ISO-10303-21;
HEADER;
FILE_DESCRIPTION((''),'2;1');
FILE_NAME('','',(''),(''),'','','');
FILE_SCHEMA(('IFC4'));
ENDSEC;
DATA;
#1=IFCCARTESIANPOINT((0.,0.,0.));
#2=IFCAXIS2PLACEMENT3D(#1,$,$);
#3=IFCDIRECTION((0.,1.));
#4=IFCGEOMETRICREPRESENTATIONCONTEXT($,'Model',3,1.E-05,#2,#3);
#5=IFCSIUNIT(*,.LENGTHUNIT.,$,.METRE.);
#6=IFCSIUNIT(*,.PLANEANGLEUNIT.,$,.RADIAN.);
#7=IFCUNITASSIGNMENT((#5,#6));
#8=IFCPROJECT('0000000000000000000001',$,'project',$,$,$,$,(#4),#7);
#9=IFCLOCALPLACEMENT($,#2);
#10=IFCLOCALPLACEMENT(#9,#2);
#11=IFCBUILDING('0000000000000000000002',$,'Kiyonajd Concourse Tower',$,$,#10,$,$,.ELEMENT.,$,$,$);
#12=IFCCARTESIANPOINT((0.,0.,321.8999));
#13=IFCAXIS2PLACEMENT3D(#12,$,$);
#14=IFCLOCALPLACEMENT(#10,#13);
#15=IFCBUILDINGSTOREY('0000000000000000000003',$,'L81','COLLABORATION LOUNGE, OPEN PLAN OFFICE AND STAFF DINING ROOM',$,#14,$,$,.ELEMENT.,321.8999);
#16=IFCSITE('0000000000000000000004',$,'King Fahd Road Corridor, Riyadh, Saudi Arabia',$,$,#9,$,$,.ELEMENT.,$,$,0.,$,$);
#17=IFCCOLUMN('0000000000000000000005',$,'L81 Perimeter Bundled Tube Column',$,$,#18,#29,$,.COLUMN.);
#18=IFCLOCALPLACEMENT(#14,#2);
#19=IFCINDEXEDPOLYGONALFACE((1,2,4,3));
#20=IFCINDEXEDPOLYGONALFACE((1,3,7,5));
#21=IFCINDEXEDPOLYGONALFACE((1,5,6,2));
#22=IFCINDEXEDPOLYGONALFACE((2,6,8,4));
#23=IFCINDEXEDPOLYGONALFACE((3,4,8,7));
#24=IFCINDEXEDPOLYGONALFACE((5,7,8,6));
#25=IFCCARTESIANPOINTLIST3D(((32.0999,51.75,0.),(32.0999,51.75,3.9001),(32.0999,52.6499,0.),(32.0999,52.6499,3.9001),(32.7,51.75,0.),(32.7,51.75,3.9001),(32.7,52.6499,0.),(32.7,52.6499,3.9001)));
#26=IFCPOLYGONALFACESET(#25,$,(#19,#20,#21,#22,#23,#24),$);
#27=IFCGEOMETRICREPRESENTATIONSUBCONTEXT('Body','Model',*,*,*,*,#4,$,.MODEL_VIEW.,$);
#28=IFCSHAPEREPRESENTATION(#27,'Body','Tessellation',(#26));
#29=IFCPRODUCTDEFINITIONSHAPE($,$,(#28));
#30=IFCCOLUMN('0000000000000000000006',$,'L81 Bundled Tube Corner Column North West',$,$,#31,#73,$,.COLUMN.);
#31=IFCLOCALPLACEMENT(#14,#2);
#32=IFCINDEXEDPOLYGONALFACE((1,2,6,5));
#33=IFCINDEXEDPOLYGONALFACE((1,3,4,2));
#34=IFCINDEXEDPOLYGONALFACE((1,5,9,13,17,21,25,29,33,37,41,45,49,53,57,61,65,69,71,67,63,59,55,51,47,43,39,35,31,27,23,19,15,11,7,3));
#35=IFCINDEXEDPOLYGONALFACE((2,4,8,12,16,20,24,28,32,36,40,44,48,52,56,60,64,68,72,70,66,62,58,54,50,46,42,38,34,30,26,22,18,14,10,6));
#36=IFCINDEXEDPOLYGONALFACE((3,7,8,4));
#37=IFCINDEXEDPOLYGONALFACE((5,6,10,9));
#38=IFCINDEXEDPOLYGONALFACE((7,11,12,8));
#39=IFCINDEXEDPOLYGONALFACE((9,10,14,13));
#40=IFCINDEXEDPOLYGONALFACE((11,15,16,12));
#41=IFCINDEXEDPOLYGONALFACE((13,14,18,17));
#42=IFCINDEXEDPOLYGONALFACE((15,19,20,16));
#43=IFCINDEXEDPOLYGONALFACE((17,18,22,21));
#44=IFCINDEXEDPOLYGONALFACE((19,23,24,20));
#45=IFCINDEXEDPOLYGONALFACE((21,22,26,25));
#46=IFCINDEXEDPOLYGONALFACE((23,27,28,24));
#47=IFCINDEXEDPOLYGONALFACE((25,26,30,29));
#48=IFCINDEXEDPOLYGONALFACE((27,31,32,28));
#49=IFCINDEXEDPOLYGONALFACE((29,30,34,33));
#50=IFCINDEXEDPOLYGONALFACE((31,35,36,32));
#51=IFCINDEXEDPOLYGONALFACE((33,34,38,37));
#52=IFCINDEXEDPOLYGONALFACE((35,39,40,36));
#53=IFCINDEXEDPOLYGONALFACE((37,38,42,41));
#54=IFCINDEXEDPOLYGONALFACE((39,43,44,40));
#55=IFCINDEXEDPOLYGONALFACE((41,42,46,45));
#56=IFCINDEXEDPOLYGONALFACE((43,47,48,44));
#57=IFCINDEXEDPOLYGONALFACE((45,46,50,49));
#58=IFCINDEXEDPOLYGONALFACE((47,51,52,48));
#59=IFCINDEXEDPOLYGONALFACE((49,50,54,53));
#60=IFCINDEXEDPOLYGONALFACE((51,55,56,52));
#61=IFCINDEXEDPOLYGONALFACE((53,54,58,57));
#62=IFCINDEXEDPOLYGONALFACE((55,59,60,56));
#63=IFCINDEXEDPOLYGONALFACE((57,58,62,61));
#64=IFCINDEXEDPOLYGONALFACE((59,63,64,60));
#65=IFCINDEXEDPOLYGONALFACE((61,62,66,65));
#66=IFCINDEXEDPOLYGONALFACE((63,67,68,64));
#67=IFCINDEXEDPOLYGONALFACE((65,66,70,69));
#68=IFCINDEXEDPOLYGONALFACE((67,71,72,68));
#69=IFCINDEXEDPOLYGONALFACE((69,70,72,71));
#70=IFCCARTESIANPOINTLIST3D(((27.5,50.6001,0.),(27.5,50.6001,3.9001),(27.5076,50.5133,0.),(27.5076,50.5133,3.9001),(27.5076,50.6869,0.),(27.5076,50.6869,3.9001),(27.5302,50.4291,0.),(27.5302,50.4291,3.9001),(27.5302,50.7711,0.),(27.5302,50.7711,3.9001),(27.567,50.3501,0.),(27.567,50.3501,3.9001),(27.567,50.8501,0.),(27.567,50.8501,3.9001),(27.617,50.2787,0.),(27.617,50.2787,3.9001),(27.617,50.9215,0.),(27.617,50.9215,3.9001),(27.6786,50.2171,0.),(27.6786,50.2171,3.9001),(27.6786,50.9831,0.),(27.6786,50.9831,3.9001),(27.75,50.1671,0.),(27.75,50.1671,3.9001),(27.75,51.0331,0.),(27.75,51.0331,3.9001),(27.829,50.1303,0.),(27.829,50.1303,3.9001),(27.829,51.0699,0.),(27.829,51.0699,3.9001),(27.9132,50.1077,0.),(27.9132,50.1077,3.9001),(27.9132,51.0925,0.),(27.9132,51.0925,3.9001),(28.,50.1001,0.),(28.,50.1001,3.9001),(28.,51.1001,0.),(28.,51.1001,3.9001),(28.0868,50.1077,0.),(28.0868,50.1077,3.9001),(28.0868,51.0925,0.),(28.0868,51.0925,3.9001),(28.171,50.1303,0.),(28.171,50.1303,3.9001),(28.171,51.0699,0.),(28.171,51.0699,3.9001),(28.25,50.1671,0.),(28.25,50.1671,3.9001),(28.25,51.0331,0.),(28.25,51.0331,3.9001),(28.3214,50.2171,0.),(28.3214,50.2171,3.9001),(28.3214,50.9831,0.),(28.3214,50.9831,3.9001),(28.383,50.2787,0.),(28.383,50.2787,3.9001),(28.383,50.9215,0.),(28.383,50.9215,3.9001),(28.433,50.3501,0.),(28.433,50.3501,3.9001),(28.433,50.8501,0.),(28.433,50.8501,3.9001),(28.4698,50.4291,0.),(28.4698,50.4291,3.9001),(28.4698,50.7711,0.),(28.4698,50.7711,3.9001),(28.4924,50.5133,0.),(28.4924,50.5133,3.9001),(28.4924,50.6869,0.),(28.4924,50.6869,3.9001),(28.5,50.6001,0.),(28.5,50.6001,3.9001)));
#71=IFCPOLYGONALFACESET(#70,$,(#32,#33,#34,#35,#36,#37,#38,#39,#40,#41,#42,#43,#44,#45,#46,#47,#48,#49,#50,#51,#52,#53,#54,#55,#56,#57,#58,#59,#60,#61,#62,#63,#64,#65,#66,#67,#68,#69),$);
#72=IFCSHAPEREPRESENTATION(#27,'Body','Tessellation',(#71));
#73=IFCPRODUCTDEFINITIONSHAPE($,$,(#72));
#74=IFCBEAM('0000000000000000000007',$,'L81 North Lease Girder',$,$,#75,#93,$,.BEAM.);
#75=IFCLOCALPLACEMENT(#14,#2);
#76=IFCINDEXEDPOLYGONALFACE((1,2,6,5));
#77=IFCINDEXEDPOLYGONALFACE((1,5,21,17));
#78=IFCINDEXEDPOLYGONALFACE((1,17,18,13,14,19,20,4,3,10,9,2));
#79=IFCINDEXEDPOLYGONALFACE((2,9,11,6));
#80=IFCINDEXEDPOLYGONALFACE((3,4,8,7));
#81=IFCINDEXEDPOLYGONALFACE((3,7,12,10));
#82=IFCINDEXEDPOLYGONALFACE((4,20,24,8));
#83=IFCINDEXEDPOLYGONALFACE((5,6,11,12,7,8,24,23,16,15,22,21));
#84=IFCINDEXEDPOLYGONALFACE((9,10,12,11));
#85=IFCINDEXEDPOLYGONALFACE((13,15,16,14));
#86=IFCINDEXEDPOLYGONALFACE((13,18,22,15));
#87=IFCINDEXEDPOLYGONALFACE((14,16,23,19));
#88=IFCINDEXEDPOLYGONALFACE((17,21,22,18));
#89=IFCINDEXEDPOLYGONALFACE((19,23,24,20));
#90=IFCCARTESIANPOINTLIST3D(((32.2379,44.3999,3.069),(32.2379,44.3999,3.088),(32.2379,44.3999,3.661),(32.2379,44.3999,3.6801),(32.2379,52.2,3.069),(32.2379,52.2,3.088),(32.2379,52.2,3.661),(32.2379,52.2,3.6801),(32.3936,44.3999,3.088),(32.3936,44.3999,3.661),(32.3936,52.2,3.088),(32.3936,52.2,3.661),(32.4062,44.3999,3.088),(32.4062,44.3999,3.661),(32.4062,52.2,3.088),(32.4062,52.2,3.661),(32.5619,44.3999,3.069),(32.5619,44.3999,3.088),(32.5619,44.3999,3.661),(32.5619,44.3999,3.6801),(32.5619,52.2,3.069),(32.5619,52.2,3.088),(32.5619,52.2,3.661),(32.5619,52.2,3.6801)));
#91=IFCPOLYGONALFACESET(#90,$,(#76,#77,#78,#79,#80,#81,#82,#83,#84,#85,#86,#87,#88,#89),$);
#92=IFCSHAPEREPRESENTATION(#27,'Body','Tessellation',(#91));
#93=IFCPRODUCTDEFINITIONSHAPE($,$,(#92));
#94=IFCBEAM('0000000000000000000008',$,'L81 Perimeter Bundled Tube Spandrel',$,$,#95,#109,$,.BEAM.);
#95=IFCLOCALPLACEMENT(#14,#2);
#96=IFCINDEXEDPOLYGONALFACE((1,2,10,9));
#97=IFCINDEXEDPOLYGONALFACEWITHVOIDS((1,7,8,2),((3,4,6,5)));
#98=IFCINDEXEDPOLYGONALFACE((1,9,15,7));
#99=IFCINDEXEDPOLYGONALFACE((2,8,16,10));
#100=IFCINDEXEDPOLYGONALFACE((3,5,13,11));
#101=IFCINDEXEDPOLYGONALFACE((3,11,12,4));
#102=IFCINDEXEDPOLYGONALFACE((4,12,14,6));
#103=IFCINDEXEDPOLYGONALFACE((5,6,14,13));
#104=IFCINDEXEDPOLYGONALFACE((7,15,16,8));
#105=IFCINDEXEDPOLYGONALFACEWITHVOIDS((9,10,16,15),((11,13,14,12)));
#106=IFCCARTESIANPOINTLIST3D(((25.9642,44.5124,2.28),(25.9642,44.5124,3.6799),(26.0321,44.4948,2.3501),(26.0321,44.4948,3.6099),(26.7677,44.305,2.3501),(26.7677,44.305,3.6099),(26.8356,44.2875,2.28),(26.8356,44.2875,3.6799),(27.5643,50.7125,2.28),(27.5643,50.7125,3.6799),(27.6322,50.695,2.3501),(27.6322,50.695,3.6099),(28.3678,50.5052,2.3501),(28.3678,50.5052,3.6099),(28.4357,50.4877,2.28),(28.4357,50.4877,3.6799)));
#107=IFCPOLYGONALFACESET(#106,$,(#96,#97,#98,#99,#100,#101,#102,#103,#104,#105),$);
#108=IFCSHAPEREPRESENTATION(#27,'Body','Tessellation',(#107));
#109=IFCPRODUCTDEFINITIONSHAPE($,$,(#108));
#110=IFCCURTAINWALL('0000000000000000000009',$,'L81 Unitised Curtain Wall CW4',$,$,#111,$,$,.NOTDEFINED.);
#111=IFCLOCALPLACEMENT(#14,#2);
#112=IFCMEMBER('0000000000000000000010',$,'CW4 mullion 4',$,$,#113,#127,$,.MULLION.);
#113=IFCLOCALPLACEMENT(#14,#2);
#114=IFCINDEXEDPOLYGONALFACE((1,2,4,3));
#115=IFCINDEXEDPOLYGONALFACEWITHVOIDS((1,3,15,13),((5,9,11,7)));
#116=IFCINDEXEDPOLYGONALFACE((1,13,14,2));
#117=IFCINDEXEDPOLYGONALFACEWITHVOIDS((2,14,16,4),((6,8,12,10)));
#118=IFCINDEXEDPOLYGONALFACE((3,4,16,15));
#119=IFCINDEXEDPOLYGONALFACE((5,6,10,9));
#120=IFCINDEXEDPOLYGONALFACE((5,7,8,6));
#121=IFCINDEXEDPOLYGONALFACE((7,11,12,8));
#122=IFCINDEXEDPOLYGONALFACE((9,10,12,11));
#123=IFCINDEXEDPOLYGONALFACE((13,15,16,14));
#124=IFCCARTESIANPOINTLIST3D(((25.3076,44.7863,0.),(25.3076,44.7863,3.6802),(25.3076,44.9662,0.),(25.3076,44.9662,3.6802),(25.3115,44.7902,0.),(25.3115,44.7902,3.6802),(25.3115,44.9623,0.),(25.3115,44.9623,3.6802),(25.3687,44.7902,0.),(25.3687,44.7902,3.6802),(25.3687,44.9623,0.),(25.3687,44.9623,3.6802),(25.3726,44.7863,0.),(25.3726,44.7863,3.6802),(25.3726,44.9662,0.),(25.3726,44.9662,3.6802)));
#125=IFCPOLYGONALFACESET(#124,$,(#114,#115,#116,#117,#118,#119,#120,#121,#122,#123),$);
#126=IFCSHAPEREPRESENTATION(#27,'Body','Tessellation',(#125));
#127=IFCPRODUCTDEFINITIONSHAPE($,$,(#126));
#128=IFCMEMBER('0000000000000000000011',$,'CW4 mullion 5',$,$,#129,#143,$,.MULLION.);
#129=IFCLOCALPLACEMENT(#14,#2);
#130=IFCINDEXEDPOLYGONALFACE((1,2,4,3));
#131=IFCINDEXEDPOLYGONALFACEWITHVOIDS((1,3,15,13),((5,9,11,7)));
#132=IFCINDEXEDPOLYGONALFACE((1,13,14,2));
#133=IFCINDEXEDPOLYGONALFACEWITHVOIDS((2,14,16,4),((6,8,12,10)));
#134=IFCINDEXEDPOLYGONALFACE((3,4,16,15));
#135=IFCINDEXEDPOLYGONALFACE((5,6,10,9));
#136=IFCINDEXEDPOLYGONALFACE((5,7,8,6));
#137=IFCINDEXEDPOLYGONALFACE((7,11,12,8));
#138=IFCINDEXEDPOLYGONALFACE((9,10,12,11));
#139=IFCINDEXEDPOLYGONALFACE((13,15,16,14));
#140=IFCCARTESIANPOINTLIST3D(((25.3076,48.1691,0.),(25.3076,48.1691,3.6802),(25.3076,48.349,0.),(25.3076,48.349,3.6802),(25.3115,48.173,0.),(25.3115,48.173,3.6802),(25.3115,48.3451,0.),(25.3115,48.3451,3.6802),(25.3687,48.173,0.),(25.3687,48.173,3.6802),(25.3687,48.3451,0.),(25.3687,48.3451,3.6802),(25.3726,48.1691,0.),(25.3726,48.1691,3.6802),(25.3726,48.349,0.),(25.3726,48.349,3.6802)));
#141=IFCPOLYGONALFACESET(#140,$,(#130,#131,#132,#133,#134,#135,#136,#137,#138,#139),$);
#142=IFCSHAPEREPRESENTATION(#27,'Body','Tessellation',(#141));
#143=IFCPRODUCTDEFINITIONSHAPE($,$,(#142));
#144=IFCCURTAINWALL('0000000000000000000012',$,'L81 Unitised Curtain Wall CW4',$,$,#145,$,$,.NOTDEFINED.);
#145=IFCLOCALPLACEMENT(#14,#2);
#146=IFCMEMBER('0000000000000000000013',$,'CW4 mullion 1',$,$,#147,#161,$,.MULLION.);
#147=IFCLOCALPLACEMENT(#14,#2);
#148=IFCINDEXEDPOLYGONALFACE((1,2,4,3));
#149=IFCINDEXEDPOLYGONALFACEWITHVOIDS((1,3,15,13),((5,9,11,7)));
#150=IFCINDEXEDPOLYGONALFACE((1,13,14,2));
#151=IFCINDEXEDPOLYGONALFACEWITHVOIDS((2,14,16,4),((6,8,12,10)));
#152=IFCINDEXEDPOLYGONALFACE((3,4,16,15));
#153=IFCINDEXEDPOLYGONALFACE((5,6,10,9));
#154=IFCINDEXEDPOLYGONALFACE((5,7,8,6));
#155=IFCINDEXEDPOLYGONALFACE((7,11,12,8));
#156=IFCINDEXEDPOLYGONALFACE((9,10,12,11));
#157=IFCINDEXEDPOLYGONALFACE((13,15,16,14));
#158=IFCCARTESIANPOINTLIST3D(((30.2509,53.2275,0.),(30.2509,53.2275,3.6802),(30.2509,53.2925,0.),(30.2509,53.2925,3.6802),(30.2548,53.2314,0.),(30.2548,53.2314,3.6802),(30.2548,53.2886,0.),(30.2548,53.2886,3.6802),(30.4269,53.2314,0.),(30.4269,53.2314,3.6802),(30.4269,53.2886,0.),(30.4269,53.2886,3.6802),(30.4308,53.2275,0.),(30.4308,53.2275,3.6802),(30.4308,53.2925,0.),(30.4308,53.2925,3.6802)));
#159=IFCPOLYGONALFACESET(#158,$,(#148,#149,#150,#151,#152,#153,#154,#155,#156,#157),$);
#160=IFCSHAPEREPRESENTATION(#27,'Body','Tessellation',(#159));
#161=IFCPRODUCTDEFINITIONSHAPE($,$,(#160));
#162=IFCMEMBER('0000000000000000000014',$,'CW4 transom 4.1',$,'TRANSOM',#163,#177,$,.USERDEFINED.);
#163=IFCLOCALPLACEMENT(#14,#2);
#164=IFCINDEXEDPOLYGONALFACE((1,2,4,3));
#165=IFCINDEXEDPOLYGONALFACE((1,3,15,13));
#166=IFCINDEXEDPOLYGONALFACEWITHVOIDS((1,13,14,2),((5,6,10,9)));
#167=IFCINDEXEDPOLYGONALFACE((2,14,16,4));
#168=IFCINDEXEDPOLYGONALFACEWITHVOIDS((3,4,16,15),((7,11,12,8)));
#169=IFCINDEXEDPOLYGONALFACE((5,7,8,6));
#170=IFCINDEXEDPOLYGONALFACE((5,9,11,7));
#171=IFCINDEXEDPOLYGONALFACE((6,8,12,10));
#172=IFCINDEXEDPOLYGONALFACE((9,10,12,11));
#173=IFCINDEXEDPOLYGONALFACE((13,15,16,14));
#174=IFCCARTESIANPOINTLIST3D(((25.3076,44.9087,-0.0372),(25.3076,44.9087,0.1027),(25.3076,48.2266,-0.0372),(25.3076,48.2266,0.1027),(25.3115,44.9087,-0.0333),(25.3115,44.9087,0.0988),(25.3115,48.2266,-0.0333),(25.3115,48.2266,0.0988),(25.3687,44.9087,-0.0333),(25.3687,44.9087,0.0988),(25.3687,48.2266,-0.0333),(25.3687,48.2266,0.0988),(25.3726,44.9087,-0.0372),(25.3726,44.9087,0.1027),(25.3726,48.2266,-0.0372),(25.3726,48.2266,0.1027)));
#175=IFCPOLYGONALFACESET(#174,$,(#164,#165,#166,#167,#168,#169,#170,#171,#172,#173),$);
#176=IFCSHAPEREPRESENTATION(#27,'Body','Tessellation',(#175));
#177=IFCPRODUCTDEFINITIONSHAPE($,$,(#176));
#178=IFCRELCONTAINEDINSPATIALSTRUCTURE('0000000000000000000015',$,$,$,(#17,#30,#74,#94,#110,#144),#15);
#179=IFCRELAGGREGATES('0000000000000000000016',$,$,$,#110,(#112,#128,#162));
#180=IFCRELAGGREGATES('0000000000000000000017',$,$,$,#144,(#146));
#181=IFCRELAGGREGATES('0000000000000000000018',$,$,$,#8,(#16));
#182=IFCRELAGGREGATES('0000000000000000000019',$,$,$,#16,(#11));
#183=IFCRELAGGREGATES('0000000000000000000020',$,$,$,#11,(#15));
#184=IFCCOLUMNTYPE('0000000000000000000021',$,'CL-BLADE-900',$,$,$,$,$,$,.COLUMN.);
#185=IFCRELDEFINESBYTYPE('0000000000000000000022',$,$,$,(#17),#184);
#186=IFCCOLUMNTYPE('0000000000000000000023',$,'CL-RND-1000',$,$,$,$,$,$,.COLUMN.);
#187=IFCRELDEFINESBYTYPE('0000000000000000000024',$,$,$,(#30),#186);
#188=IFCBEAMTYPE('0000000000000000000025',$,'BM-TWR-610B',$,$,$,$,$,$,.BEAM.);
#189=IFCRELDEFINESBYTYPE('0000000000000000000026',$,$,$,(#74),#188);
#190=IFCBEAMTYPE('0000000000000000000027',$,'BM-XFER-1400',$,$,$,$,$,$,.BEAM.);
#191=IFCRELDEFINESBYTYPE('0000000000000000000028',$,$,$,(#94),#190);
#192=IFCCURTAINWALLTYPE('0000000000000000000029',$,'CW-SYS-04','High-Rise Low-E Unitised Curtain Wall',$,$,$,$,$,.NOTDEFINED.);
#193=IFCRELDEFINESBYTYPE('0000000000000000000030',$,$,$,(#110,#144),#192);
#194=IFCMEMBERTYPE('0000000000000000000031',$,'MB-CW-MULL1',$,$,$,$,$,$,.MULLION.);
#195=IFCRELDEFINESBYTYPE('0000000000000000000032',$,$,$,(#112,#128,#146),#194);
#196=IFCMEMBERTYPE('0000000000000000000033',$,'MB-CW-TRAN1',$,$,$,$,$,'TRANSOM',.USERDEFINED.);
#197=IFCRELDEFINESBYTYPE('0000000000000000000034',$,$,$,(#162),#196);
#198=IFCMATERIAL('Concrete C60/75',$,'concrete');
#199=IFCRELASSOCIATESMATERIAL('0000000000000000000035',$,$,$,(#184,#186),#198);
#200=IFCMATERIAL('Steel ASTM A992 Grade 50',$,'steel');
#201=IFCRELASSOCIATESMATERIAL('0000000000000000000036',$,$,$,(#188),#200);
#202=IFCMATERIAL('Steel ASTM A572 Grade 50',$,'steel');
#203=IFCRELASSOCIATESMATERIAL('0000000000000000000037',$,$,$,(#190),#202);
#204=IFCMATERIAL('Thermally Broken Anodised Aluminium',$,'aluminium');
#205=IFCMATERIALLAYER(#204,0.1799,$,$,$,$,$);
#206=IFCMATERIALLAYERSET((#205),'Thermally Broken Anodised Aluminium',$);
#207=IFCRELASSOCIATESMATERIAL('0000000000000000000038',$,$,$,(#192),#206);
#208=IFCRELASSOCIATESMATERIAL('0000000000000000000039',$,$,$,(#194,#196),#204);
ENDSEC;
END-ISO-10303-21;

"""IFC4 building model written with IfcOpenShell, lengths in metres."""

from ifc_helpers import new_model, si_unit, direction, frame, origin, origin_2d, place, context, subcontext, project, spatial, rectangle, hollow_rectangle, circle, i_section, extrude, material, layer, layer_set, material_profile, profile_set, type_object, element, aggregate, save


model = new_model("IFC4")

# Units and contexts
model_context = context("Model", 3, precision=1e-05, world=origin(), true_north=direction((0.0, 1.0)))
body_context = subcontext(model_context, "Body", "Model", "MODEL_VIEW")
ifc_project = project(units=[si_unit("LENGTHUNIT", "METRE"), si_unit("PLANEANGLEUNIT", "RADIAN")], contexts=[model_context])

# Site, building, storey
site_placement = place(None, origin())
site = spatial("IfcSite", under=ifc_project, at=site_placement, Name="King Fahd Road Corridor, Riyadh, Saudi Arabia", CompositionType="ELEMENT", RefElevation=0.0)
building_placement = place(site_placement, origin())
building = spatial("IfcBuilding", under=site, at=building_placement, Name="Kiyonajd Concourse Tower", CompositionType="ELEMENT")
storey_placement = place(building_placement, frame((0.0, 0.0, 321.8999)))
storey = spatial("IfcBuildingStorey", under=building, at=storey_placement, Name="L81", Description="COLLABORATION LOUNGE, OPEN PLAN OFFICE AND STAFF DINING ROOM", CompositionType="ELEMENT", Elevation=321.8999)

# Columns
ifc_material_1 = material(Name="Concrete C60/75", Category="concrete")
ifc_material_profile_1 = material_profile(ifc_material_1, rectangle(XDim=0.6001, YDim=0.8999, at=origin_2d()), Name="RC-900x600")
ifc_profile_set_1 = profile_set([ifc_material_profile_1], Name="Concrete C60/75")
column_type_1 = type_object("IfcColumnType", Name="CL-BLADE-900", PredefinedType="COLUMN", material=ifc_profile_set_1)
column_1_placement = place(storey_placement, frame((32.3999, 52.2, 0.0), z_axis=(0.0, 0.0, 1.0), x_axis=(1.0, 0.0, 0.0)))
element("IfcColumn", 1, at=column_1_placement, inside=storey, type_object=column_type_1, Name="L81 Perimeter Bundled Tube Column", PredefinedType="COLUMN", context=body_context, shape_type="SweptSolid", body=[
    extrude(rectangle(XDim=0.6001, YDim=0.8999, at=origin_2d()), origin(), (0.0, 0.0, 1.0), 3.9001),
])
ifc_material_profile_2 = material_profile(ifc_material_1, circle(Radius=0.5, at=origin_2d()), Name="RCC-D1000")
ifc_profile_set_2 = profile_set([ifc_material_profile_2], Name="Concrete C60/75")
column_type_2 = type_object("IfcColumnType", Name="CL-RND-1000", PredefinedType="COLUMN", material=ifc_profile_set_2)
column_2_placement = place(storey_placement, frame((28.0, 50.6001, 0.0), z_axis=(0.0, 0.0, 1.0), x_axis=(1.0, 0.0, 0.0)))
element("IfcColumn", 2, at=column_2_placement, inside=storey, type_object=column_type_2, Name="L81 Bundled Tube Corner Column North West", PredefinedType="COLUMN", context=body_context, shape_type="SweptSolid", body=[
    extrude(circle(Radius=0.5, at=origin_2d()), origin(), (0.0, 0.0, 1.0), 3.9001),
])

# Beams
ifc_material_2 = material(Name="Steel ASTM A992 Grade 50", Category="steel")
ifc_material_profile_3 = material_profile(ifc_material_2, i_section(OverallWidth=0.324, OverallDepth=0.6111, WebThickness=0.0127, FlangeThickness=0.019, at=origin_2d()), Name="W610X155")
ifc_profile_set_3 = profile_set([ifc_material_profile_3], Name="Steel ASTM A992 Grade 50")
beam_type_1 = type_object("IfcBeamType", Name="BM-TWR-610B", PredefinedType="BEAM", material=ifc_profile_set_3)
beam_1_placement = place(storey_placement, frame((32.3999, 44.3999, 3.3745), z_axis=(0.0, 1.0, 0.0), x_axis=(-1.0, 0.0, 0.0)))
element("IfcBeam", 3, at=beam_1_placement, inside=storey, type_object=beam_type_1, Name="L81 North Lease Girder", PredefinedType="BEAM", context=body_context, shape_type="SweptSolid", body=[
    extrude(i_section(OverallWidth=0.324, OverallDepth=0.6111, WebThickness=0.0127, FlangeThickness=0.019, at=origin_2d()), origin(), (0.0, 0.0, 1.0), 7.8),
])
ifc_material_3 = material(Name="Steel ASTM A572 Grade 50", Category="steel")
ifc_material_profile_4 = material_profile(ifc_material_3, hollow_rectangle(XDim=0.8999, YDim=1.3999, WallThickness=0.0701, at=origin_2d()), Name="BOX-1400x900x70")
ifc_profile_set_4 = profile_set([ifc_material_profile_4], Name="Steel ASTM A572 Grade 50")
beam_type_2 = type_object("IfcBeamType", Name="BM-XFER-1400", PredefinedType="BEAM", material=ifc_profile_set_4)
beam_2_placement = place(storey_placement, frame((28.0, 50.6001, 2.98), z_axis=(-0.249885, -0.968276, 0.0), x_axis=(0.968276, -0.249885, 0.0)))
element("IfcBeam", 4, at=beam_2_placement, inside=storey, type_object=beam_type_2, Name="L81 Perimeter Bundled Tube Spandrel", PredefinedType="BEAM", context=body_context, shape_type="SweptSolid", body=[
    extrude(hollow_rectangle(XDim=0.8999, YDim=1.3999, WallThickness=0.0701, at=origin_2d()), origin(), (0.0, 0.0, 1.0), 6.4033),
])

# Curtain wall, members
ifc_material_4 = material(Name="Thermally Broken Anodised Aluminium", Category="aluminium")
ifc_layer_1 = layer(ifc_material_4, 0.1799)
ifc_layer_set_1 = layer_set([ifc_layer_1], Name="Thermally Broken Anodised Aluminium")
curtain_wall_type = type_object("IfcCurtainWallType", Name="CW-SYS-04", Description="High-Rise Low-E Unitised Curtain Wall", PredefinedType="NOTDEFINED", material=ifc_layer_set_1)
curtain_wall_1_placement = place(storey_placement, origin())
curtain_wall_1 = element("IfcCurtainWall", 5, at=curtain_wall_1_placement, inside=storey, type_object=curtain_wall_type, Name="L81 Unitised Curtain Wall CW4", PredefinedType="NOTDEFINED")
ifc_material_profile_5 = material_profile(ifc_material_4, hollow_rectangle(XDim=0.0649, YDim=0.1799, WallThickness=0.0039, at=origin_2d()), Name="MULL-65x180")
ifc_profile_set_5 = profile_set([ifc_material_profile_5], Name="Thermally Broken Anodised Aluminium")
member_type_1 = type_object("IfcMemberType", Name="MB-CW-MULL1", PredefinedType="MULLION", material=ifc_profile_set_5)
member_1_placement = place(storey_placement, frame((25.3401, 44.8762, 0.0), z_axis=(0.0, 0.0, 1.0), x_axis=(-1.0, 0.0, 0.0)))
member_1 = element("IfcMember", 6, at=member_1_placement, type_object=member_type_1, Name="CW4 mullion 4", PredefinedType="MULLION", context=body_context, shape_type="SweptSolid", body=[
    extrude(hollow_rectangle(XDim=0.0649, YDim=0.1799, WallThickness=0.0039, at=origin_2d()), origin(), (0.0, 0.0, 1.0), 3.6802),
])
member_2_placement = place(storey_placement, frame((25.3401, 48.259, 0.0), z_axis=(0.0, 0.0, 1.0), x_axis=(-1.0, 0.0, 0.0)))
member_2 = element("IfcMember", 7, at=member_2_placement, type_object=member_type_1, Name="CW4 mullion 5", PredefinedType="MULLION", context=body_context, shape_type="SweptSolid", body=[
    extrude(hollow_rectangle(XDim=0.0649, YDim=0.1799, WallThickness=0.0039, at=origin_2d()), origin(), (0.0, 0.0, 1.0), 3.6802),
])

# Curtain wall, member
curtain_wall_2_placement = place(storey_placement, origin())
curtain_wall_2 = element("IfcCurtainWall", 8, at=curtain_wall_2_placement, inside=storey, type_object=curtain_wall_type, Name="L81 Unitised Curtain Wall CW4", PredefinedType="NOTDEFINED")
member_3_placement = place(storey_placement, frame((30.3408, 53.26, 0.0), z_axis=(0.0, 0.0, 1.0), x_axis=(0.0, 1.0, 0.0)))
member_3 = element("IfcMember", 9, at=member_3_placement, type_object=member_type_1, Name="CW4 mullion 1", PredefinedType="MULLION", context=body_context, shape_type="SweptSolid", body=[
    extrude(hollow_rectangle(XDim=0.0649, YDim=0.1799, WallThickness=0.0039, at=origin_2d()), origin(), (0.0, 0.0, 1.0), 3.6802),
])

# Member
ifc_material_profile_6 = material_profile(ifc_material_4, hollow_rectangle(XDim=0.0649, YDim=0.1399, WallThickness=0.0039, at=origin_2d()), Name="TRAN-65x140")
ifc_profile_set_6 = profile_set([ifc_material_profile_6], Name="Thermally Broken Anodised Aluminium")
member_type_2 = type_object("IfcMemberType", Name="MB-CW-TRAN1", ElementType="TRANSOM", PredefinedType="USERDEFINED", material=ifc_profile_set_6)
member_4_placement = place(storey_placement, frame((25.3401, 44.9087, 0.0327), z_axis=(0.0, 1.0, 0.0), x_axis=(-1.0, 0.0, 0.0)))
member_4 = element("IfcMember", 10, at=member_4_placement, type_object=member_type_2, Name="CW4 transom 4.1", ObjectType="TRANSOM", PredefinedType="USERDEFINED", context=body_context, shape_type="SweptSolid", body=[
    extrude(hollow_rectangle(XDim=0.0649, YDim=0.1399, WallThickness=0.0039, at=origin_2d()), origin(), (0.0, 0.0, 1.0), 3.3179),
])

aggregate(curtain_wall_1, [member_1, member_2, member_4])
aggregate(curtain_wall_2, [member_3])

save(model, "model.ifc")
